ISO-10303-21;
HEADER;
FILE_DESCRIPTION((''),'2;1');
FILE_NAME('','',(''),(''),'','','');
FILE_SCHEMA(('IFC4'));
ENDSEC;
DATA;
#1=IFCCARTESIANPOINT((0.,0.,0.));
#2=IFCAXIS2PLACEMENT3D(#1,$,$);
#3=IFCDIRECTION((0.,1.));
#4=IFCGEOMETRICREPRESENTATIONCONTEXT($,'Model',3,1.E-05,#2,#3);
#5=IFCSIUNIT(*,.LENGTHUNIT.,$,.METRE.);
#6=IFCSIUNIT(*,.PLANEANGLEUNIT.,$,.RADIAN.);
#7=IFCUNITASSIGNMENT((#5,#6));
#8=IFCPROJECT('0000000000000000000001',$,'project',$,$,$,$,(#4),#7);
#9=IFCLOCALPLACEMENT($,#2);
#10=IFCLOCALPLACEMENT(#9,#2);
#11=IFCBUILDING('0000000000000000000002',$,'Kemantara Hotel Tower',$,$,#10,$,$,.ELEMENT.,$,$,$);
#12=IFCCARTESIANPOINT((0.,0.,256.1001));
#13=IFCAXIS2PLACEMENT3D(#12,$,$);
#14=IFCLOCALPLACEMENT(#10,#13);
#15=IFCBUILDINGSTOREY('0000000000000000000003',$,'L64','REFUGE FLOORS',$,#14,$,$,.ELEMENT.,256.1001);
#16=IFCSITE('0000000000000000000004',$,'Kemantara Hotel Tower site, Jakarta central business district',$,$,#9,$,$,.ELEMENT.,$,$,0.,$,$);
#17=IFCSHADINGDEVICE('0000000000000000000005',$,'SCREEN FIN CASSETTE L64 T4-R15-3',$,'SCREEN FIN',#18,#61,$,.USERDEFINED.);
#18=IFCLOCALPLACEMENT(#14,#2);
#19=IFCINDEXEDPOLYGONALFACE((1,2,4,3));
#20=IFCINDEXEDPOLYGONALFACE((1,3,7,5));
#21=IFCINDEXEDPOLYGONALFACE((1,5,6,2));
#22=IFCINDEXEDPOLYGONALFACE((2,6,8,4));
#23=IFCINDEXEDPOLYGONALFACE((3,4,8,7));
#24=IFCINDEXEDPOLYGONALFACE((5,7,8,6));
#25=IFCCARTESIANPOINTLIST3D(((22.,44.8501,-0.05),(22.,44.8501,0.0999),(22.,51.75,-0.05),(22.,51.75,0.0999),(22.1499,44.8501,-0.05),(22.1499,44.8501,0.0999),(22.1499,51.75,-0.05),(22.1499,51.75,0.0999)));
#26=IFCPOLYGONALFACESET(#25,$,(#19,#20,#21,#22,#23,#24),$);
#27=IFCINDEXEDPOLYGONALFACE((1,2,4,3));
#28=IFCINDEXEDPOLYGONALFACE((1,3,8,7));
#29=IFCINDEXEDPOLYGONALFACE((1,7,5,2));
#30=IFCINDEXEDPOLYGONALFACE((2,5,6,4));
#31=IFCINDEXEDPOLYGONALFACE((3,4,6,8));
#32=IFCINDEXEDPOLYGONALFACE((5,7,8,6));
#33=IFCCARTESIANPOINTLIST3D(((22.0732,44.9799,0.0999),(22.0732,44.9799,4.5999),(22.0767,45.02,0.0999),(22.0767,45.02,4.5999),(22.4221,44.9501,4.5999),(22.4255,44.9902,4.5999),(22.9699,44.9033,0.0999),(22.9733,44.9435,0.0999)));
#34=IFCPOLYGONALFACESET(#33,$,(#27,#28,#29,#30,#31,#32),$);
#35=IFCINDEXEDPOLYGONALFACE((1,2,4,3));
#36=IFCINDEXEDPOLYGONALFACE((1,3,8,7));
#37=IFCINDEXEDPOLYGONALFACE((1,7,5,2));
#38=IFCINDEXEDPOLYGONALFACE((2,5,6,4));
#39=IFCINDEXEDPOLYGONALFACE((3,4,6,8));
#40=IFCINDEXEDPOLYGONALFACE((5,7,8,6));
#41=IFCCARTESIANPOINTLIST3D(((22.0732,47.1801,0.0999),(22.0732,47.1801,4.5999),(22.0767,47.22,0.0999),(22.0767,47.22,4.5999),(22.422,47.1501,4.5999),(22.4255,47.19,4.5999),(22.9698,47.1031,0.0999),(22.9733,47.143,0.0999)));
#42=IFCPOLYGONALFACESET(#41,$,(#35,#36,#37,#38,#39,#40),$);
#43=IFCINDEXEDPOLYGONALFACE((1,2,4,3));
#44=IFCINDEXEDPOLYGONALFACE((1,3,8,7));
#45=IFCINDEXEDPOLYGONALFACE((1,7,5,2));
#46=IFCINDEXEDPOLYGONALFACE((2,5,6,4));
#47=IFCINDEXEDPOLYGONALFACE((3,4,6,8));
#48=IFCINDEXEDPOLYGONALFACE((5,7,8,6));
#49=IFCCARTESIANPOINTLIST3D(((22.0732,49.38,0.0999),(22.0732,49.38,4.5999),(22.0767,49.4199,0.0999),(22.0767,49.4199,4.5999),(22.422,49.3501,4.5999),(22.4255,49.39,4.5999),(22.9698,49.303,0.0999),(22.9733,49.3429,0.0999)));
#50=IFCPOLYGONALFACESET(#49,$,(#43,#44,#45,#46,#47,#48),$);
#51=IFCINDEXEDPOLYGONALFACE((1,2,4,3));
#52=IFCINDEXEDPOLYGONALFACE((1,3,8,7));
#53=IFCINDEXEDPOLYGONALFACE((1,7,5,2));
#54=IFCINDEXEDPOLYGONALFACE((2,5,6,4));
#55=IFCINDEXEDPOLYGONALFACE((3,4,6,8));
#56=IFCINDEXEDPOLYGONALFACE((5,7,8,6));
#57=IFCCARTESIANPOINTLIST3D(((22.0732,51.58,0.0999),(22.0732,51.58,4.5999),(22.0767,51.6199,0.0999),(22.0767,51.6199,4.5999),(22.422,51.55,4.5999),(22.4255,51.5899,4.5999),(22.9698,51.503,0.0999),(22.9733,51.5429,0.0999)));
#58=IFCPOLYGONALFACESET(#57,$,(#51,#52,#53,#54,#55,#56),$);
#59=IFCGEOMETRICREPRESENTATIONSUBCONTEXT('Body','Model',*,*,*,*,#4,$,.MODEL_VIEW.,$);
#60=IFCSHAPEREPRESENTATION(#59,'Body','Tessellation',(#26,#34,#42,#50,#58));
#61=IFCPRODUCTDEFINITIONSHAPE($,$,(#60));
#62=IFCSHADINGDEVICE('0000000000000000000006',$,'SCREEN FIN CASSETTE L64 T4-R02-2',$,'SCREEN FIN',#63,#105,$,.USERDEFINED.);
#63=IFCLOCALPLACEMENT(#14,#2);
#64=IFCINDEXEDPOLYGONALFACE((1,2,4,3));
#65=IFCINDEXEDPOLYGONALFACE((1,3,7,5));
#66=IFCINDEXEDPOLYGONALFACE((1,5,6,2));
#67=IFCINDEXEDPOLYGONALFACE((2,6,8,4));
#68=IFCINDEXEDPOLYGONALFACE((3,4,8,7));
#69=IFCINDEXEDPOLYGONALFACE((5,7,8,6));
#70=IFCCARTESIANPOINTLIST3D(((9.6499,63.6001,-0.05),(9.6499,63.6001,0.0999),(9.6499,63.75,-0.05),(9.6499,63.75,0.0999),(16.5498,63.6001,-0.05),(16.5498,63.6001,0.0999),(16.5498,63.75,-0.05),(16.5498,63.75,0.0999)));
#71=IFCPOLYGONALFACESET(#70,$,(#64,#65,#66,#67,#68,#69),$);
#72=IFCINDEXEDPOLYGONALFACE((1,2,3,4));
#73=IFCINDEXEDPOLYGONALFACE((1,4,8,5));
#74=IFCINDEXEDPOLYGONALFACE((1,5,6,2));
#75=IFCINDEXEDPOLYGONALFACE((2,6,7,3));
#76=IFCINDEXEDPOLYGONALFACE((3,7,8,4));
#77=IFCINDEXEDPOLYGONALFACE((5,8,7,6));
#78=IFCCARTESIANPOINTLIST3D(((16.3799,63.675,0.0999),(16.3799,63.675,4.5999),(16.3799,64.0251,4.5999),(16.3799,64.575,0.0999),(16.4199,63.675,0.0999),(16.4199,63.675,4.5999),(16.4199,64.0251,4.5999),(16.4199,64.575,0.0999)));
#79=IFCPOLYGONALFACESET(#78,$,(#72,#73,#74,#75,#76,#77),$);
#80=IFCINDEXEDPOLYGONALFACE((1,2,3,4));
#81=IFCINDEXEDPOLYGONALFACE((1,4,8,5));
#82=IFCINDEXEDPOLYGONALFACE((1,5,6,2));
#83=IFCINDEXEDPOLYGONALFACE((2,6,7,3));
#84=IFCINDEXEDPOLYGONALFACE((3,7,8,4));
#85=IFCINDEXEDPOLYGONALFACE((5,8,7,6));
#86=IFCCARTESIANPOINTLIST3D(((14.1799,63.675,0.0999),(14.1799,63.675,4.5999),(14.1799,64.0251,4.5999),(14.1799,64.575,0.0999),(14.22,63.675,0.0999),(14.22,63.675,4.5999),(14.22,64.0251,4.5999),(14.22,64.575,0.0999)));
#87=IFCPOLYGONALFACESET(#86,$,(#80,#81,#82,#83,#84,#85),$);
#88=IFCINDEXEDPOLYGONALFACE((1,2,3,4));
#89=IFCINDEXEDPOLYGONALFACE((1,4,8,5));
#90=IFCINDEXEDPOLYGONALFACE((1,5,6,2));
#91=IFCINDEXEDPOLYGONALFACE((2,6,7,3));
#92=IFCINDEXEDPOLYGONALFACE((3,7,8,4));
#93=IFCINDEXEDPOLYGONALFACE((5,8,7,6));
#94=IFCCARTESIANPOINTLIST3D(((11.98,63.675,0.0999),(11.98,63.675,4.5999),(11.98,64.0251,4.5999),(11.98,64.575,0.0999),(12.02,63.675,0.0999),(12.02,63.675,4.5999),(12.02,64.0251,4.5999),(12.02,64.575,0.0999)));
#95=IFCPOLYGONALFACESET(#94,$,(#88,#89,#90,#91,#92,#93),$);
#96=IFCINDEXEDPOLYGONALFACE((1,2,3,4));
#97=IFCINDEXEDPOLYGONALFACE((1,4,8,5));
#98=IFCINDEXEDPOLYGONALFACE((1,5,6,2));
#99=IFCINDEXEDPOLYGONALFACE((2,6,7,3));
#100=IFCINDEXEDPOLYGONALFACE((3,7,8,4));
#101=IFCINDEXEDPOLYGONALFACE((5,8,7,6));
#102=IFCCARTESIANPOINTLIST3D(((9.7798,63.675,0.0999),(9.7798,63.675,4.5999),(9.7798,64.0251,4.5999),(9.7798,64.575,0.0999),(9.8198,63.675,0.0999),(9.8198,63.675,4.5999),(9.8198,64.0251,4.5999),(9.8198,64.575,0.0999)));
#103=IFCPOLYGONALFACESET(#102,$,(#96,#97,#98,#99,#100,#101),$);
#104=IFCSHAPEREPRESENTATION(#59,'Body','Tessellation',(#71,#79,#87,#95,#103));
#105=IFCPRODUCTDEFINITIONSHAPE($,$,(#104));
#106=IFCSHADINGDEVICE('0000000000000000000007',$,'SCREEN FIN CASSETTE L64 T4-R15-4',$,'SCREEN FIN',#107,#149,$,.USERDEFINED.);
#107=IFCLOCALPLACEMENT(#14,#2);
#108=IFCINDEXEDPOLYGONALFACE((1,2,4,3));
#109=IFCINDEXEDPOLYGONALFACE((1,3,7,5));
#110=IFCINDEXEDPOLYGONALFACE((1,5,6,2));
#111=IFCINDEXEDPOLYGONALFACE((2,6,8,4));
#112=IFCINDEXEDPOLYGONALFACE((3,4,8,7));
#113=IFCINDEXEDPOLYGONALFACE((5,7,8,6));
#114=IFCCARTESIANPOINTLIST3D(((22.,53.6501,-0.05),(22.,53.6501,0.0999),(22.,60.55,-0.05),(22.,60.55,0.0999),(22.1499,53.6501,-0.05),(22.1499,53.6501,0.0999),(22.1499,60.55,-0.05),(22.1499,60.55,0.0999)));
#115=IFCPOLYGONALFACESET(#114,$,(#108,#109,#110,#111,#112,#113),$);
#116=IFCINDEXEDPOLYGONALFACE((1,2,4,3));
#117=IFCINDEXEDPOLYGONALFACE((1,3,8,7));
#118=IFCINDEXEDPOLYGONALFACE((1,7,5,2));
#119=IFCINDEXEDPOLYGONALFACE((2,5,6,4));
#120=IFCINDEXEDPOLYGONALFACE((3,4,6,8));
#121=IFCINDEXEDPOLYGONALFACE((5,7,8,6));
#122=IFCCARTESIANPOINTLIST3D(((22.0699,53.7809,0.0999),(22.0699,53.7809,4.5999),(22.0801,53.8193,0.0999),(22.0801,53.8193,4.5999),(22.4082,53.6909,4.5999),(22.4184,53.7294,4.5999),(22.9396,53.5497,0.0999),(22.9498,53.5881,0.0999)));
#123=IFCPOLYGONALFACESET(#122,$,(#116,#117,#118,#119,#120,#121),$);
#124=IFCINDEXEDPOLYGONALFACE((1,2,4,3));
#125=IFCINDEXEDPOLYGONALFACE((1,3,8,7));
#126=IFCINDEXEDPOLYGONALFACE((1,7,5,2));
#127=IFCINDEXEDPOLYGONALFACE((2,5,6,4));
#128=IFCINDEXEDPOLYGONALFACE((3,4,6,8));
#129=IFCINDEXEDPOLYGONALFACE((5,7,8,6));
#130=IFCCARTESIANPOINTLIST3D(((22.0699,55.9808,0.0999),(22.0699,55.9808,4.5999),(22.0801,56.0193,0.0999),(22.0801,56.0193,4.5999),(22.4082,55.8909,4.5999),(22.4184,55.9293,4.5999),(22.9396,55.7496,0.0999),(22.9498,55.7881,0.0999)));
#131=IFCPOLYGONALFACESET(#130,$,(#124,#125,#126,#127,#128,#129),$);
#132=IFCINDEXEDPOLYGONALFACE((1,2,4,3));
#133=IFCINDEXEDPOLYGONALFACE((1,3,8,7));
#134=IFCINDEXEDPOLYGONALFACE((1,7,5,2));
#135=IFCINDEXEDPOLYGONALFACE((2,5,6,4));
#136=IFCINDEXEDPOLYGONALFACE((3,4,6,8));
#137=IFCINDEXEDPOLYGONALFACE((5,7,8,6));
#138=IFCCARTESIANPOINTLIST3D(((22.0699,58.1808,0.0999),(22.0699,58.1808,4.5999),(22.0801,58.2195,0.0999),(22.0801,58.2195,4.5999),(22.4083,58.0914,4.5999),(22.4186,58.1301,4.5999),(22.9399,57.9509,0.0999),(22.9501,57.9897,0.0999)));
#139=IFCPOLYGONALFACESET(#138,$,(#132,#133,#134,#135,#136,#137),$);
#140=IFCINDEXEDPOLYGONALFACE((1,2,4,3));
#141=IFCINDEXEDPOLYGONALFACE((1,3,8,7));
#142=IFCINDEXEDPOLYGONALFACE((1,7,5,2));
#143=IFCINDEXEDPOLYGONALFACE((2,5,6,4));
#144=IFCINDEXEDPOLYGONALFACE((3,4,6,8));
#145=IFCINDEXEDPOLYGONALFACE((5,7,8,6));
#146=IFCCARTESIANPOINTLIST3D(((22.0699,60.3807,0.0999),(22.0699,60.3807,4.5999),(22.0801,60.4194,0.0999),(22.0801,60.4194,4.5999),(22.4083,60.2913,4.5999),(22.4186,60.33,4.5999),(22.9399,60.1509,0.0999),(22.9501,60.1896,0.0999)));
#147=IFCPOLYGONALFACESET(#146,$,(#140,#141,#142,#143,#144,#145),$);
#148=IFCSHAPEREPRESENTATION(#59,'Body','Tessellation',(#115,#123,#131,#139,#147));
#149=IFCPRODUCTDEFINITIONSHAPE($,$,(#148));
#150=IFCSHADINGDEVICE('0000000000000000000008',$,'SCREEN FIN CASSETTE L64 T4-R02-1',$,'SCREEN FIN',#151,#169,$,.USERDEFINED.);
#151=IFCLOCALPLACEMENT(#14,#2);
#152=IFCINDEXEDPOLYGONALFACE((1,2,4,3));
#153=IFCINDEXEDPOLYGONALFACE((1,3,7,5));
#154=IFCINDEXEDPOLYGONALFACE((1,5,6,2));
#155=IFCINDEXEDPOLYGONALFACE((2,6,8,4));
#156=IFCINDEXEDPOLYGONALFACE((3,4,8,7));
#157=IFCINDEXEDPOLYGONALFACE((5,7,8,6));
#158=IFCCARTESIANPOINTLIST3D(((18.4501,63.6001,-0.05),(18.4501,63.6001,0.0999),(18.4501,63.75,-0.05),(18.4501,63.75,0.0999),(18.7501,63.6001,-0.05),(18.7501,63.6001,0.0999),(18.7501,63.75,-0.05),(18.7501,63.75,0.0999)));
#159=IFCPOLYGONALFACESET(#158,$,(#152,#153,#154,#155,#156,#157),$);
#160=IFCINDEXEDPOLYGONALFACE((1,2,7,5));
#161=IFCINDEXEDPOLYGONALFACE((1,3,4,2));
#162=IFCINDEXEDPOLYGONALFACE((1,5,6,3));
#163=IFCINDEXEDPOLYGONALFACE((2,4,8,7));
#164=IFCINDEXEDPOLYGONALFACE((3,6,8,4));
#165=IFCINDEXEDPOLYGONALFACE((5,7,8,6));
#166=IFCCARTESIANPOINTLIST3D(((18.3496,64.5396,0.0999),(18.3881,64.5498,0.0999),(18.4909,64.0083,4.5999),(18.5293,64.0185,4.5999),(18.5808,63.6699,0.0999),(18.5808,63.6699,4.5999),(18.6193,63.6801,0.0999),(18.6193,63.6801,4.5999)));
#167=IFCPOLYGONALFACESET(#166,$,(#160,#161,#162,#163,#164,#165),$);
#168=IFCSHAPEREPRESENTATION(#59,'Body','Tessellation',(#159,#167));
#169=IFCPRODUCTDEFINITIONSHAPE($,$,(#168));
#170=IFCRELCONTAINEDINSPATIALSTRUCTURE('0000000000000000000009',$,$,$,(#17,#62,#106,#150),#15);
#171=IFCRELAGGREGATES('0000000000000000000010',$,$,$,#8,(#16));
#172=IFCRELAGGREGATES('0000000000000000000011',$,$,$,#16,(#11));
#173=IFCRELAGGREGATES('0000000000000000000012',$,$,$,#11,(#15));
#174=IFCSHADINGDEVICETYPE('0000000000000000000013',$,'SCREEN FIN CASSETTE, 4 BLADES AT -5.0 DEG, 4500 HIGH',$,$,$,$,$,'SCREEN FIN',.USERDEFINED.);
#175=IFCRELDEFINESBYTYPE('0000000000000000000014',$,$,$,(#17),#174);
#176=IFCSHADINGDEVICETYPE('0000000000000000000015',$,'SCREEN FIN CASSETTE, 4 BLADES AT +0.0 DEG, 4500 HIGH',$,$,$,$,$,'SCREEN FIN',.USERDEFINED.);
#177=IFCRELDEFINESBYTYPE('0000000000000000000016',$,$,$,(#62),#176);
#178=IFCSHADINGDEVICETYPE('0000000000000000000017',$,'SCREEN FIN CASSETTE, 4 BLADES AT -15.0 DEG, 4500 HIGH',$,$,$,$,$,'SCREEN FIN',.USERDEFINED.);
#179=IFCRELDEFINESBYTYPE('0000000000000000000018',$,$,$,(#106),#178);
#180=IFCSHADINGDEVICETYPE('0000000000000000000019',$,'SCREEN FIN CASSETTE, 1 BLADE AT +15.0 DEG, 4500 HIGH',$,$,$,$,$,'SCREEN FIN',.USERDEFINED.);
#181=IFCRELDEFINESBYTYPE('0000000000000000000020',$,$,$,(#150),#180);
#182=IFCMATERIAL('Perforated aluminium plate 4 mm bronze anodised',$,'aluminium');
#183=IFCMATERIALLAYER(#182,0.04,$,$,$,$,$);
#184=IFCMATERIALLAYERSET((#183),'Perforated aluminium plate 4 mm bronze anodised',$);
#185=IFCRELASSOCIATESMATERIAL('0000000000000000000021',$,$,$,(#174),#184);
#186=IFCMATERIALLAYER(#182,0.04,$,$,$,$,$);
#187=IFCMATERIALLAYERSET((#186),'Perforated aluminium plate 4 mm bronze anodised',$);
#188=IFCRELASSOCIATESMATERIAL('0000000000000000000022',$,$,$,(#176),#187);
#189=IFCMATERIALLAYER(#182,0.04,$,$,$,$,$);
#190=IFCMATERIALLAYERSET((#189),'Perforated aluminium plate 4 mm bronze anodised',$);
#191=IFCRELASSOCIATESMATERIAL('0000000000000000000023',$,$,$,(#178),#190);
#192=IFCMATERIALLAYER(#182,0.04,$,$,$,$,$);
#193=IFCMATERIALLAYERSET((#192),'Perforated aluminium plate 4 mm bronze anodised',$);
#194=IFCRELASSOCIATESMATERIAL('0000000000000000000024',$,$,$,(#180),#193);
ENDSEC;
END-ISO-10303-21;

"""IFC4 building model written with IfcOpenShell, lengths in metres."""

from ifc_helpers import new_model, si_unit, direction, frame, origin, origin_2d, place, context, subcontext, project, spatial, polyline, rectangle, outline, extrude, source, transform, mapped, material, layer, layer_set, type_object, element, save


model = new_model("IFC4")

# Units and contexts
model_context = context("Model", 3, precision=1e-05, world=origin(), true_north=direction((0.0, 1.0)))
body_context = subcontext(model_context, "Body", "Model", "MODEL_VIEW")
ifc_project = project(units=[si_unit("LENGTHUNIT", "METRE"), si_unit("PLANEANGLEUNIT", "RADIAN")], contexts=[model_context])

# Site, building, storey
site_placement = place(None, origin())
site = spatial("IfcSite", under=ifc_project, at=site_placement, Name="Kemantara Hotel Tower site, Jakarta central business district", CompositionType="ELEMENT", RefElevation=0.0)
building_placement = place(site_placement, origin())
building = spatial("IfcBuilding", under=site, at=building_placement, Name="Kemantara Hotel Tower", CompositionType="ELEMENT")
storey_placement = place(building_placement, frame((0.0, 0.0, 256.1001)))
storey = spatial("IfcBuildingStorey", under=building, at=storey_placement, Name="L64", Description="REFUGE FLOORS", CompositionType="ELEMENT", Elevation=256.1001)

# Shading devices
ifc_material_1 = material(Name="Perforated aluminium plate 4 mm bronze anodised", Category="aluminium")
ifc_layer_1 = layer(ifc_material_1, 0.04)
ifc_layer_set_1 = layer_set([ifc_layer_1], Name="Perforated aluminium plate 4 mm bronze anodised")
shading_device_type_1 = type_object("IfcShadingDeviceType", Name="SCREEN FIN CASSETTE, 4 BLADES AT -5.0 DEG, 4500 HIGH", ElementType="SCREEN FIN", PredefinedType="USERDEFINED", material=ifc_layer_set_1)
shared_shape_1 = source(origin(), body_context, "Body", "SweptSolid", [
    extrude(rectangle(XDim=6.8999, YDim=0.1499, at=origin_2d()), frame((3.3, -0.075, -0.1499), z_axis=(0.0, 0.0, 1.0), x_axis=(1.0, 0.0, 0.0)), (0.0, 0.0, 1.0), 0.1499),
    extrude(outline(polyline([(0.0, 0.0), (0.8999, 0.0), (0.3501, 4.5), (0.0, 4.5), (0.0, 0.0)])), frame((0.02, -0.0767, 0.0), z_axis=(-0.996376, 0.085056, 0.0), x_axis=(-0.085056, -0.996376, 0.0)), (0.0, 0.0, 1.0), 0.0403),
    extrude(outline(polyline([(0.0, 0.0), (0.8999, 0.0), (0.3501, 4.5), (0.0, 4.5), (0.0, 0.0)])), frame((2.22, -0.0767, 0.0), z_axis=(-0.996332, 0.085575, 0.0), x_axis=(-0.085575, -0.996332, 0.0)), (0.0, 0.0, 1.0), 0.04),
    extrude(outline(polyline([(0.0, 0.0), (0.8999, 0.0), (0.3501, 4.5), (0.0, 4.5), (0.0, 0.0)])), frame((4.4199, -0.0767, 0.0), z_axis=(-0.996332, 0.085575, 0.0), x_axis=(-0.085575, -0.996332, 0.0)), (0.0, 0.0, 1.0), 0.04),
    extrude(outline(polyline([(0.0, 0.0), (0.8999, 0.0), (0.3501, 4.5), (0.0, 4.5), (0.0, 0.0)])), frame((6.6199, -0.0767, 0.0), z_axis=(-0.996332, 0.085575, 0.0), x_axis=(-0.085575, -0.996332, 0.0)), (0.0, 0.0, 1.0), 0.04),
])
shading_device_1_placement = place(storey_placement, frame((22.0, 45.0, 0.0999), z_axis=(0.0, 0.0, 1.0), x_axis=(0.0, 1.0, 0.0)))
element("IfcShadingDevice", 1, at=shading_device_1_placement, inside=storey, type_object=shading_device_type_1, Name="SCREEN FIN CASSETTE L64 T4-R15-3", ObjectType="SCREEN FIN", PredefinedType="USERDEFINED", context=body_context, shape_type="MappedRepresentation", body=[
    mapped(shared_shape_1, transform((0.0, 0.0, 0.0))),
])
ifc_layer_2 = layer(ifc_material_1, 0.04)
ifc_layer_set_2 = layer_set([ifc_layer_2], Name="Perforated aluminium plate 4 mm bronze anodised")
shading_device_type_2 = type_object("IfcShadingDeviceType", Name="SCREEN FIN CASSETTE, 4 BLADES AT +0.0 DEG, 4500 HIGH", ElementType="SCREEN FIN", PredefinedType="USERDEFINED", material=ifc_layer_set_2)
shared_shape_2 = source(origin(), body_context, "Body", "SweptSolid", [
    extrude(rectangle(XDim=6.8999, YDim=0.1499, at=origin_2d()), frame((3.3, -0.075, -0.1499), z_axis=(0.0, 0.0, 1.0), x_axis=(1.0, 0.0, 0.0)), (0.0, 0.0, 1.0), 0.1499),
    extrude(outline(polyline([(0.0, 0.0), (0.8999, 0.0), (0.3501, 4.5), (0.0, 4.5), (0.0, 0.0)])), frame((0.02, -0.075, 0.0), z_axis=(-1.0, 0.0, 0.0), x_axis=(0.0, -1.0, 0.0)), (0.0, 0.0, 1.0), 0.04),
    extrude(outline(polyline([(0.0, 0.0), (0.8999, 0.0), (0.3501, 4.5), (0.0, 4.5), (0.0, 0.0)])), frame((2.22, -0.075, 0.0), z_axis=(-1.0, 0.0, 0.0), x_axis=(0.0, -1.0, 0.0)), (0.0, 0.0, 1.0), 0.04),
    extrude(outline(polyline([(0.0, 0.0), (0.8999, 0.0), (0.3501, 4.5), (0.0, 4.5), (0.0, 0.0)])), frame((4.4199, -0.075, 0.0), z_axis=(-1.0, 0.0, 0.0), x_axis=(0.0, -1.0, 0.0)), (0.0, 0.0, 1.0), 0.04),
    extrude(outline(polyline([(0.0, 0.0), (0.8999, 0.0), (0.3501, 4.5), (0.0, 4.5), (0.0, 0.0)])), frame((6.6201, -0.075, 0.0), z_axis=(-1.0, 0.0, 0.0), x_axis=(0.0, -1.0, 0.0)), (0.0, 0.0, 1.0), 0.04),
])
shading_device_2_placement = place(storey_placement, frame((16.3999, 63.6001, 0.0999), z_axis=(0.0, 0.0, 1.0), x_axis=(-1.0, 0.0, 0.0)))
element("IfcShadingDevice", 2, at=shading_device_2_placement, inside=storey, type_object=shading_device_type_2, Name="SCREEN FIN CASSETTE L64 T4-R02-2", ObjectType="SCREEN FIN", PredefinedType="USERDEFINED", context=body_context, shape_type="MappedRepresentation", body=[
    mapped(shared_shape_2, transform((0.0, 0.0, 0.0))),
])
ifc_layer_3 = layer(ifc_material_1, 0.04)
ifc_layer_set_3 = layer_set([ifc_layer_3], Name="Perforated aluminium plate 4 mm bronze anodised")
shading_device_type_3 = type_object("IfcShadingDeviceType", Name="SCREEN FIN CASSETTE, 4 BLADES AT -15.0 DEG, 4500 HIGH", ElementType="SCREEN FIN", PredefinedType="USERDEFINED", material=ifc_layer_set_3)
shared_shape_3 = source(origin(), body_context, "Body", "SweptSolid", [
    extrude(rectangle(XDim=6.8999, YDim=0.1499, at=origin_2d()), frame((3.3, -0.075, -0.1499), z_axis=(0.0, 0.0, 1.0), x_axis=(1.0, 0.0, 0.0)), (0.0, 0.0, 1.0), 0.1499),
    extrude(outline(polyline([(0.0, 0.0), (0.8999, 0.0), (0.3501, 4.5), (0.0, 4.5), (0.0, 0.0)])), frame((0.0193, -0.0801, 0.0), z_axis=(-0.966438, 0.256901, 0.0), x_axis=(-0.256901, -0.966438, 0.0)), (0.0, 0.0, 1.0), 0.0398),
    extrude(outline(polyline([(0.0, 0.0), (0.8999, 0.0), (0.3501, 4.5), (0.0, 4.5), (0.0, 0.0)])), frame((2.2192, -0.0801, 0.0), z_axis=(-0.966438, 0.256901, 0.0), x_axis=(-0.256901, -0.966438, 0.0)), (0.0, 0.0, 1.0), 0.0398),
    extrude(outline(polyline([(0.0, 0.0), (0.8999, 0.0), (0.3501, 4.5), (0.0, 4.5), (0.0, 0.0)])), frame((4.4194, -0.0801, 0.0), z_axis=(-0.966838, 0.255391, 0.0), x_axis=(-0.255391, -0.966838, 0.0)), (0.0, 0.0, 1.0), 0.04),
    extrude(outline(polyline([(0.0, 0.0), (0.8999, 0.0), (0.3501, 4.5), (0.0, 4.5), (0.0, 0.0)])), frame((6.6194, -0.0801, 0.0), z_axis=(-0.966838, 0.255391, 0.0), x_axis=(-0.255391, -0.966838, 0.0)), (0.0, 0.0, 1.0), 0.04),
])
shading_device_3_placement = place(storey_placement, frame((22.0, 53.8, 0.0999), z_axis=(0.0, 0.0, 1.0), x_axis=(0.0, 1.0, 0.0)))
element("IfcShadingDevice", 3, at=shading_device_3_placement, inside=storey, type_object=shading_device_type_3, Name="SCREEN FIN CASSETTE L64 T4-R15-4", ObjectType="SCREEN FIN", PredefinedType="USERDEFINED", context=body_context, shape_type="MappedRepresentation", body=[
    mapped(shared_shape_3, transform((0.0, 0.0, 0.0))),
])
ifc_layer_4 = layer(ifc_material_1, 0.04)
ifc_layer_set_4 = layer_set([ifc_layer_4], Name="Perforated aluminium plate 4 mm bronze anodised")
shading_device_type_4 = type_object("IfcShadingDeviceType", Name="SCREEN FIN CASSETTE, 1 BLADE AT +15.0 DEG, 4500 HIGH", ElementType="SCREEN FIN", PredefinedType="USERDEFINED", material=ifc_layer_set_4)
shared_shape_4 = source(origin(), body_context, "Body", "SweptSolid", [
    extrude(rectangle(XDim=0.3, YDim=0.1499, at=origin_2d()), frame((0.0, -0.075, -0.1499), z_axis=(0.0, 0.0, 1.0), x_axis=(1.0, 0.0, 0.0)), (0.0, 0.0, 1.0), 0.1499),
    extrude(outline(polyline([(0.0, 0.0), (0.8999, 0.0), (0.3501, 4.5), (0.0, 4.5), (0.0, 0.0)])), frame((0.0193, -0.0698, 0.0), z_axis=(-0.966438, -0.256901, 0.0), x_axis=(0.256901, -0.966438, 0.0)), (0.0, 0.0, 1.0), 0.0398),
])
shading_device_4_placement = place(storey_placement, frame((18.6001, 63.6001, 0.0999), z_axis=(0.0, 0.0, 1.0), x_axis=(-1.0, 0.0, 0.0)))
element("IfcShadingDevice", 4, at=shading_device_4_placement, inside=storey, type_object=shading_device_type_4, Name="SCREEN FIN CASSETTE L64 T4-R02-1", ObjectType="SCREEN FIN", PredefinedType="USERDEFINED", context=body_context, shape_type="MappedRepresentation", body=[
    mapped(shared_shape_4, transform((0.0, 0.0, 0.0))),
])

save(model, "model.ifc")
